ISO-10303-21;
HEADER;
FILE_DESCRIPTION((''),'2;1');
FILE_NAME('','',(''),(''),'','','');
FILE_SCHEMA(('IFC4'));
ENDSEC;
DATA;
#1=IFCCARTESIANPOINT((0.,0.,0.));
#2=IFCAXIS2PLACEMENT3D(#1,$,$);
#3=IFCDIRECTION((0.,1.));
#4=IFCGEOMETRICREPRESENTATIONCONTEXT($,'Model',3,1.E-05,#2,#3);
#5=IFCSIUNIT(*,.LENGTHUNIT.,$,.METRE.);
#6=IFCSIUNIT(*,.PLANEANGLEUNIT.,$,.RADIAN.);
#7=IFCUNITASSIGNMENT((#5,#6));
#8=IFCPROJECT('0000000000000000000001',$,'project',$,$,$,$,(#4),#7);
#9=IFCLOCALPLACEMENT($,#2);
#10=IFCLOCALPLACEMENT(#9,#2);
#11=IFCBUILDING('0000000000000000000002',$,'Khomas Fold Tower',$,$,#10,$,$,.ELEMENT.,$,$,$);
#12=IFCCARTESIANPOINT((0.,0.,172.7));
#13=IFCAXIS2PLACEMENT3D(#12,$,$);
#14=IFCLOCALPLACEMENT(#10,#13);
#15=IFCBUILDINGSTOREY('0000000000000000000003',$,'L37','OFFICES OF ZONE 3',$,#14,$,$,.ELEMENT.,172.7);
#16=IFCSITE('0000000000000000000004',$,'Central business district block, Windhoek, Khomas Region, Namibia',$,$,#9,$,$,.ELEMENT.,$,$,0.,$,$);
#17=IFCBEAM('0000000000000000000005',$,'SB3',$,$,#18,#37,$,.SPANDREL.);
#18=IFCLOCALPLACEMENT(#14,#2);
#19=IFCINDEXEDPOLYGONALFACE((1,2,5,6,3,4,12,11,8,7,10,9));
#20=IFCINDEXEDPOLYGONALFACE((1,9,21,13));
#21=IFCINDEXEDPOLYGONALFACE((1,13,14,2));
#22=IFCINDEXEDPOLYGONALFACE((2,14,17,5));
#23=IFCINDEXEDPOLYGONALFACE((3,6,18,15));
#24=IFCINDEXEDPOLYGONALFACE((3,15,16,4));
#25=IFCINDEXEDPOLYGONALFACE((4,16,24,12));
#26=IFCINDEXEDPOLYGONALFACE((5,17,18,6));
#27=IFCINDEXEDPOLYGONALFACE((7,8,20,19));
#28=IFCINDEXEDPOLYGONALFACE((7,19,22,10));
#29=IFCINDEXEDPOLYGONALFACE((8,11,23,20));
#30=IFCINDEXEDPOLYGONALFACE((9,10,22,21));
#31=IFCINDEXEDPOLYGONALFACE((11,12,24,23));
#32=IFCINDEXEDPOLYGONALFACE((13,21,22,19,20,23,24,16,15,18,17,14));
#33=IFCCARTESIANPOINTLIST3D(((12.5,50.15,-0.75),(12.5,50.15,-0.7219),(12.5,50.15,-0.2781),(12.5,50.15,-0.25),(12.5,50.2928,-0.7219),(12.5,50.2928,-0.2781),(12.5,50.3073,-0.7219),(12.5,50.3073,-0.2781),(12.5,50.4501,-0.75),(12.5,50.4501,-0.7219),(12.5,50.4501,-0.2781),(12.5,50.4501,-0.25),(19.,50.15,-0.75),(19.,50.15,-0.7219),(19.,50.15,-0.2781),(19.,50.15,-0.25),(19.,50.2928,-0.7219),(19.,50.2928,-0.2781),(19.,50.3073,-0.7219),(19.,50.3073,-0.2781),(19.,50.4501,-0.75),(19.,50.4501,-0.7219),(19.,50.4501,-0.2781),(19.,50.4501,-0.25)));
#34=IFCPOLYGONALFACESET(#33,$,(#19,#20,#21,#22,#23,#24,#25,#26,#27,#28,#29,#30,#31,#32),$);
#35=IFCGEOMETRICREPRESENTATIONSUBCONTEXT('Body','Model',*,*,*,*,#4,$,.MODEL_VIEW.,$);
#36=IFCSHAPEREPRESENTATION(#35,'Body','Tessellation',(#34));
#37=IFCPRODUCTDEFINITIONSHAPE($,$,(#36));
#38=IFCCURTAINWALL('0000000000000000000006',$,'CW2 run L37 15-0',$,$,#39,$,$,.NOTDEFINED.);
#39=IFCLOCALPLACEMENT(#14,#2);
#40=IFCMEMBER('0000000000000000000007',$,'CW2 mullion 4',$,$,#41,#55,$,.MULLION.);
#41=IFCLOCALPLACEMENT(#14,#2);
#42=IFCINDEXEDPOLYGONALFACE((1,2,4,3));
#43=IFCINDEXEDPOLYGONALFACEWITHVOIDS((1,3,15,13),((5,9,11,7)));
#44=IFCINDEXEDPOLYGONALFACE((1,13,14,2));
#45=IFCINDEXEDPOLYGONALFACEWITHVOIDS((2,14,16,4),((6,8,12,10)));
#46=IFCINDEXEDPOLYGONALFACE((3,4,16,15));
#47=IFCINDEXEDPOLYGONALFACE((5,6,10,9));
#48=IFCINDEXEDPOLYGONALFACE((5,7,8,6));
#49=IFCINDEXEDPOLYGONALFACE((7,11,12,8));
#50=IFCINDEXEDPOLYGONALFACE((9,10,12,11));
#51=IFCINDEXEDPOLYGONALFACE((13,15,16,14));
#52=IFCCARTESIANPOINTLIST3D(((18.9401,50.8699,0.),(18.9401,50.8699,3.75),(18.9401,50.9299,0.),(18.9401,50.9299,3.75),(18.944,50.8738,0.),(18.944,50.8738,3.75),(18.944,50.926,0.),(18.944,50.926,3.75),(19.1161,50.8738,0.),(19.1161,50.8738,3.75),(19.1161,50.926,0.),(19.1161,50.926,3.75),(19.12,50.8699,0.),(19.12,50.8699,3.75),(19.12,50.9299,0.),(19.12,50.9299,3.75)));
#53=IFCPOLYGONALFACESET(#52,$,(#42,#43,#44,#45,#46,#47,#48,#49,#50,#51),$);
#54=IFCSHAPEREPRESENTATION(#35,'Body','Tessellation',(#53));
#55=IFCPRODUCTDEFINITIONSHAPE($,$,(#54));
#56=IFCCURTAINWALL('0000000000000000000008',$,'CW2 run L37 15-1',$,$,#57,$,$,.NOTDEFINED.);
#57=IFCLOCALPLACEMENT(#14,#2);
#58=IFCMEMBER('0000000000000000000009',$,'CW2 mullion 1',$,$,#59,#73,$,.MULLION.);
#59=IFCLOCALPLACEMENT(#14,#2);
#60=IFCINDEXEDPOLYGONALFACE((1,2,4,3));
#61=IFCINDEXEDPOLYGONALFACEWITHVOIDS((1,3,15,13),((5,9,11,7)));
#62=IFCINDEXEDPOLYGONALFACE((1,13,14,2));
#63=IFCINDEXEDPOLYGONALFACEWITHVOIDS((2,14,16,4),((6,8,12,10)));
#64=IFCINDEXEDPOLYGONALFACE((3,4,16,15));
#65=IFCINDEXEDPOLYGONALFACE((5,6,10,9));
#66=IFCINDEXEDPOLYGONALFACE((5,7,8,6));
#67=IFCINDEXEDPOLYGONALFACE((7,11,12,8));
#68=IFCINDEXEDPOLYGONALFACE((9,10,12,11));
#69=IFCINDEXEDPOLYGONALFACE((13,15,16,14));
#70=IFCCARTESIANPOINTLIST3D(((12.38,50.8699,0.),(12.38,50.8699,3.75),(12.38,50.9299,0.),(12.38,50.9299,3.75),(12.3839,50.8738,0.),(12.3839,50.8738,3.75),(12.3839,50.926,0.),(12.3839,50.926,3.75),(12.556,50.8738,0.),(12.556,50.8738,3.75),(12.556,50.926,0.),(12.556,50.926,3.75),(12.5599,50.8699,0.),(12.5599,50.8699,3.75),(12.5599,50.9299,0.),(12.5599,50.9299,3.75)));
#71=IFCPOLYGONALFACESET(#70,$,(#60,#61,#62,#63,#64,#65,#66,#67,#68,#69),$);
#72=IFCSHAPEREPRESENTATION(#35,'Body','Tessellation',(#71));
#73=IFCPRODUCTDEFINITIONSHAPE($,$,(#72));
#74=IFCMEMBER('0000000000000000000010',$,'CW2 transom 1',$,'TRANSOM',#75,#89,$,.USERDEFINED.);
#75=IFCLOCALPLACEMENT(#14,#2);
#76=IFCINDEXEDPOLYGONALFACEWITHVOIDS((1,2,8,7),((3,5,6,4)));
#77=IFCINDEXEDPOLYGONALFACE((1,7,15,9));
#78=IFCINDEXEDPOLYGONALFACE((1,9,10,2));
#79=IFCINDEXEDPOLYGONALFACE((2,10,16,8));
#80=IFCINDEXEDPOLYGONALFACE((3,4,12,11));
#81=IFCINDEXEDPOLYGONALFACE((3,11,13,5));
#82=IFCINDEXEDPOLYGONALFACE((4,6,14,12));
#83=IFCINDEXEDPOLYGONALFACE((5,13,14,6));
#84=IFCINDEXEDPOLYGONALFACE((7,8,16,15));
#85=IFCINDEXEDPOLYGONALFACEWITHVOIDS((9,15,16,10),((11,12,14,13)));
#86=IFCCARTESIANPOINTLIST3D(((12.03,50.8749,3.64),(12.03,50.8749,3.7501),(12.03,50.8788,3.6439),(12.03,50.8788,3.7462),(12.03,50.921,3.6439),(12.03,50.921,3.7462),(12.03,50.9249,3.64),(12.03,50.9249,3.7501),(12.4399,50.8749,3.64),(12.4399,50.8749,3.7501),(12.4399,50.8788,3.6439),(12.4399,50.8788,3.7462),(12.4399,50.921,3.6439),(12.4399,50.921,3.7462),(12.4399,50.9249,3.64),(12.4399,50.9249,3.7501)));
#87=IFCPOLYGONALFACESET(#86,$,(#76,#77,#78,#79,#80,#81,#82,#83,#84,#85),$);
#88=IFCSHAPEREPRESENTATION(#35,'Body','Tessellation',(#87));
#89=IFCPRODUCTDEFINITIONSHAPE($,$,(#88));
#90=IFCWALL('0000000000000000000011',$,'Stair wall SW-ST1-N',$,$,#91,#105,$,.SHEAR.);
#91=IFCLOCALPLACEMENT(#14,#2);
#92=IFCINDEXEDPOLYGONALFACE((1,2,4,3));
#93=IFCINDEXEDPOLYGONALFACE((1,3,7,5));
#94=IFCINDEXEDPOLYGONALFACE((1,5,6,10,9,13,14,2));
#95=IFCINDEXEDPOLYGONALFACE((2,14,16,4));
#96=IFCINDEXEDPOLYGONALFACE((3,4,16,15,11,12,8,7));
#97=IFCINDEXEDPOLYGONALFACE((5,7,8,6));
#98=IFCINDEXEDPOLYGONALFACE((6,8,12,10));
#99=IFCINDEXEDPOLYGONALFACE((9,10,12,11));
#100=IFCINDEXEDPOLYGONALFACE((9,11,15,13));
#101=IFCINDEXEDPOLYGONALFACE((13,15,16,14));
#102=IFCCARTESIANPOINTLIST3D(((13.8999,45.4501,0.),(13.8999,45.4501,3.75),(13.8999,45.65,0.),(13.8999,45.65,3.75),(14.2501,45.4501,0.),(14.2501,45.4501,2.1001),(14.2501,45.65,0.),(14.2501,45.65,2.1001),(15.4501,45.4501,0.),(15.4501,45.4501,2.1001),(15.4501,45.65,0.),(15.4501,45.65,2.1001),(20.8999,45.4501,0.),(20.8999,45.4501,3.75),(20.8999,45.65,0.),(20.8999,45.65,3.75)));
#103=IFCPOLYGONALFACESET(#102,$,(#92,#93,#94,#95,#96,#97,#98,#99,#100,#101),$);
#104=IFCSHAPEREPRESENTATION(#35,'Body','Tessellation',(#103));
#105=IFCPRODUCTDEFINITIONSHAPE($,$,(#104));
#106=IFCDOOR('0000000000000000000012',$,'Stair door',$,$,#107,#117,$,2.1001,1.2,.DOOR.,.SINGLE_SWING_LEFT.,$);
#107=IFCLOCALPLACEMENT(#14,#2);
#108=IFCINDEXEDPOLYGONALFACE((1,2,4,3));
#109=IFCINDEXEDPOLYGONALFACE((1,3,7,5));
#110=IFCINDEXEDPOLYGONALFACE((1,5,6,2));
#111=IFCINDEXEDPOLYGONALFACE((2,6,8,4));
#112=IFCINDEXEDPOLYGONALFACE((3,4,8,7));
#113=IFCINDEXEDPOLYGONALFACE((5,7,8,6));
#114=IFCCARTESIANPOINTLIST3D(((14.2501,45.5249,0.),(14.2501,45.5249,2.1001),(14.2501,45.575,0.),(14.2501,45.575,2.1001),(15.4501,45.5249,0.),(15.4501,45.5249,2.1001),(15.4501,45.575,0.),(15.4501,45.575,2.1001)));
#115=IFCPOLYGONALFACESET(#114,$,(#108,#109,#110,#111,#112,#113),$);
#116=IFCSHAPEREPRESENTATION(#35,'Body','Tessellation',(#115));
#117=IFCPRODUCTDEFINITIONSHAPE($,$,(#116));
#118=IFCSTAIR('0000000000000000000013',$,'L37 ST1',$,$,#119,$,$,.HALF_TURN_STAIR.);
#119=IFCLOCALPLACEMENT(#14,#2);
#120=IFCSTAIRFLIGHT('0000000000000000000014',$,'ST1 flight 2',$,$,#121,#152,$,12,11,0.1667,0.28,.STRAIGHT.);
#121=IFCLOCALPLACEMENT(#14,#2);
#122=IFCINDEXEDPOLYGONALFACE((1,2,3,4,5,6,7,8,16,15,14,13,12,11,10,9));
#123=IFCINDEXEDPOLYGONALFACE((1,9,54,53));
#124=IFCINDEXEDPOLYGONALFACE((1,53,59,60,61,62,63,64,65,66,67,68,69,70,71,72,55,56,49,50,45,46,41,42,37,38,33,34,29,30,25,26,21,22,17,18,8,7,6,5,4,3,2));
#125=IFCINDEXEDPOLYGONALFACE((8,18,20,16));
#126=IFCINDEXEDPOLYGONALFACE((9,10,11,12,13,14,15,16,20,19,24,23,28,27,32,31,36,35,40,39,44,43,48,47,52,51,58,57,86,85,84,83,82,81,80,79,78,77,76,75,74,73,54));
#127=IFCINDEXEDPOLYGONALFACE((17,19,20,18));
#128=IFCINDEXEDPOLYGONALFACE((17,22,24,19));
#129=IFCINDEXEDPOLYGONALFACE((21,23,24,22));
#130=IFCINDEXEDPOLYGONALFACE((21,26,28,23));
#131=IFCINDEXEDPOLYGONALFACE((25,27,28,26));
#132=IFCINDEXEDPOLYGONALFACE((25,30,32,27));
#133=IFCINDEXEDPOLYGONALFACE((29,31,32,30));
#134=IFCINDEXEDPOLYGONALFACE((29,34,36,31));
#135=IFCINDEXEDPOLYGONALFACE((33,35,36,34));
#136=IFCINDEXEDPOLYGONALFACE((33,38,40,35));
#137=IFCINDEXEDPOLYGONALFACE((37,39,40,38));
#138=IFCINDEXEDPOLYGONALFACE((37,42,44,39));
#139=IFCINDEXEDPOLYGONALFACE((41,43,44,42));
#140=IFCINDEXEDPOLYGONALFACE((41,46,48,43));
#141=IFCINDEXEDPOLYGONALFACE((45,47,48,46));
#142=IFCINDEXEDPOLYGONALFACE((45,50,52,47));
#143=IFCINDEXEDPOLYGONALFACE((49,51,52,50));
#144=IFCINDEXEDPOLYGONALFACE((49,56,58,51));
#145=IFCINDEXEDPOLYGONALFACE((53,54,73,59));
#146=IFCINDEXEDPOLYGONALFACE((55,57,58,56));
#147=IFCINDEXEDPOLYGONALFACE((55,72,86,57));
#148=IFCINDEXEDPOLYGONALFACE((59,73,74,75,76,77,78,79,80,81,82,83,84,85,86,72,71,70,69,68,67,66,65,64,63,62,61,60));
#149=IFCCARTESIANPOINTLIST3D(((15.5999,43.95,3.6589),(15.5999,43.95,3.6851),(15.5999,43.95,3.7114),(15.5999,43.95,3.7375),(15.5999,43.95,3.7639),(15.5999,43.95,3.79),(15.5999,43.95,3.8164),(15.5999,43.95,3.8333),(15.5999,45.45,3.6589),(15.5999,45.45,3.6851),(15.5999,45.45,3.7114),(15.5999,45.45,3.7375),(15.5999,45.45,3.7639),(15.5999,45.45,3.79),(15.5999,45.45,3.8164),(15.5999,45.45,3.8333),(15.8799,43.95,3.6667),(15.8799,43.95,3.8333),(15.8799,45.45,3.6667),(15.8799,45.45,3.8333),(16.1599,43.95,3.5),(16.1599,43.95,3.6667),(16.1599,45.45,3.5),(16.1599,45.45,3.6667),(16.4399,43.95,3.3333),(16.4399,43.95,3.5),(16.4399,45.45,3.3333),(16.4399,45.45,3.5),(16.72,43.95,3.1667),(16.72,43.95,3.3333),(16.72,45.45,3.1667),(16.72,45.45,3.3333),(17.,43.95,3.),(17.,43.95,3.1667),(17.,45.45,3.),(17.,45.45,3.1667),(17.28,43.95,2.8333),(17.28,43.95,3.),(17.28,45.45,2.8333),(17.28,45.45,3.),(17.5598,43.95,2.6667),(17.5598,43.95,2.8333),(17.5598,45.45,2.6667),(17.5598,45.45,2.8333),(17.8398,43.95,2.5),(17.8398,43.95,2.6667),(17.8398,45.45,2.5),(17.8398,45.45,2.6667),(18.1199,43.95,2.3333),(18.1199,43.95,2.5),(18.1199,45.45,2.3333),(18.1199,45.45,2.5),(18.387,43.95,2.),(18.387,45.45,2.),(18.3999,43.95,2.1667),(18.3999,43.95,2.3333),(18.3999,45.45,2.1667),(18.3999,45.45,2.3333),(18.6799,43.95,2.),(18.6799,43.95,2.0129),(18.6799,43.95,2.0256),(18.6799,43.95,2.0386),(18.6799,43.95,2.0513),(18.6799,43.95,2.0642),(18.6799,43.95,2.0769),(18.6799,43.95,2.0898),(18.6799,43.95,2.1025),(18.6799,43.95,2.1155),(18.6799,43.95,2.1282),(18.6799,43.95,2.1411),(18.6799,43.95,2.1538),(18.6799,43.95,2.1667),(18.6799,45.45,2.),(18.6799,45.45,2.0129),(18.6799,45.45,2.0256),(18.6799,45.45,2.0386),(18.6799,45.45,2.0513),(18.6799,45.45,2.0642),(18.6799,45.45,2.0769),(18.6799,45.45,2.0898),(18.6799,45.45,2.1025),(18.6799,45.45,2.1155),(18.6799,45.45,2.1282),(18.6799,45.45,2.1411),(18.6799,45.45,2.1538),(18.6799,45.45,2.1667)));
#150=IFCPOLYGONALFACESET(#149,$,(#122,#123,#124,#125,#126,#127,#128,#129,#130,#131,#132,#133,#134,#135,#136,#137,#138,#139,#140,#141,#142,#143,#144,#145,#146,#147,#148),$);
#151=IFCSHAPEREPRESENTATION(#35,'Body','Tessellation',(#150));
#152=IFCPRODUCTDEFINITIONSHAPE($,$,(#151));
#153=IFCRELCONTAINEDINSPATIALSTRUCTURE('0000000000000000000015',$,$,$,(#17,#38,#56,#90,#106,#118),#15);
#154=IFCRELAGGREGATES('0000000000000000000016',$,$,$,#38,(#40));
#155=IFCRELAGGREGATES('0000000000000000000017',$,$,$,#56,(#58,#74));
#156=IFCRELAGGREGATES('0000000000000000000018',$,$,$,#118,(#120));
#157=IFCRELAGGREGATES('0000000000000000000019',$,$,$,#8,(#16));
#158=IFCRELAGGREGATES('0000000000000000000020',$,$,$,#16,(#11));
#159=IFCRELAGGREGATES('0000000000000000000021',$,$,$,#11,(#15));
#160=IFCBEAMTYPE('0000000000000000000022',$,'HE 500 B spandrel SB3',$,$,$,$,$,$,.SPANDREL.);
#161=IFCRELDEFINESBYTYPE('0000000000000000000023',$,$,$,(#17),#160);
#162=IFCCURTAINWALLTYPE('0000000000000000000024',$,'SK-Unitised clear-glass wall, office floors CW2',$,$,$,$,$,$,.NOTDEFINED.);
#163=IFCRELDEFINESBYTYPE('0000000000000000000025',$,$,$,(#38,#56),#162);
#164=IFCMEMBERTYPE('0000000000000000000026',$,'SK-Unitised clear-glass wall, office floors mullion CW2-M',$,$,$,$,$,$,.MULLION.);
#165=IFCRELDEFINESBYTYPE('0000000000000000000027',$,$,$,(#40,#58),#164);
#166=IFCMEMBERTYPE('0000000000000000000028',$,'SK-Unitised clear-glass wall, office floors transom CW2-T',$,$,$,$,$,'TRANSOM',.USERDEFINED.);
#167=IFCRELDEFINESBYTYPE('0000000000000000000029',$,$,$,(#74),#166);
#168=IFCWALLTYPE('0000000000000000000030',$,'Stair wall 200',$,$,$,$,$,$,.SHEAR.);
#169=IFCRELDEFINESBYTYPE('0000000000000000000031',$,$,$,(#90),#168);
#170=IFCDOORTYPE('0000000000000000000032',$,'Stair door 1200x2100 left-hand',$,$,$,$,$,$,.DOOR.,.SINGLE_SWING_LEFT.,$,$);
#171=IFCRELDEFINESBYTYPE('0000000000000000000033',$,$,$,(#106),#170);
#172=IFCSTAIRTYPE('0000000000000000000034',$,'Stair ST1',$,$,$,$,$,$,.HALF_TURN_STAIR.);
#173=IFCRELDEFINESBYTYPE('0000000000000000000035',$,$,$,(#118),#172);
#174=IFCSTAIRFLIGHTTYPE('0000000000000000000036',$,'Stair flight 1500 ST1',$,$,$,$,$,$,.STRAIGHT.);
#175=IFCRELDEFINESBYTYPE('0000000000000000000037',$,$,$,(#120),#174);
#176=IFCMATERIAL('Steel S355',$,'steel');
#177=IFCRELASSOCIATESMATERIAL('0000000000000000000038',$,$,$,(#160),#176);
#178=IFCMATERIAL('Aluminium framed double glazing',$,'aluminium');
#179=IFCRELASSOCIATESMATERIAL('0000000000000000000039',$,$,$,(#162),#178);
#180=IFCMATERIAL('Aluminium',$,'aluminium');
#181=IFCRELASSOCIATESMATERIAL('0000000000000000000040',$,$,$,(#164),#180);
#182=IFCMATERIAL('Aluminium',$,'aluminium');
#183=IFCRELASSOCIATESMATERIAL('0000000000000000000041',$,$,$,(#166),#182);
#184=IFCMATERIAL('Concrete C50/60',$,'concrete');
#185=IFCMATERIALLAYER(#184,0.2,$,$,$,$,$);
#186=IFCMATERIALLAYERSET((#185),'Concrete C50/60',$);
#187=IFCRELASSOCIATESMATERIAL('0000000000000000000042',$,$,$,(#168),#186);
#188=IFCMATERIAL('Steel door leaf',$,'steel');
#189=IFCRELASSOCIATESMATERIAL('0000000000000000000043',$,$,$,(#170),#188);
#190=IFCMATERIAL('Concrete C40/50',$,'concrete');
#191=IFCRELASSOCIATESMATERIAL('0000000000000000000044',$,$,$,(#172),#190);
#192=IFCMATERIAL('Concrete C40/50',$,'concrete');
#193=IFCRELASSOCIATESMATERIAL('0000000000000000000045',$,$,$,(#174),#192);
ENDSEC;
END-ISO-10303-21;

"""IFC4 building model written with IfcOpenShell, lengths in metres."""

from ifc_helpers import new_model, si_unit, direction, frame, frame_2d, origin, origin_2d, place, context, subcontext, project, spatial, polyline, rectangle, hollow_rectangle, i_section, outline, extrude, source, transform, mapped, material, layer, layer_set, material_profile, profile_set, type_object, element, fill, aggregate, save


model = new_model("IFC4")

# Units and contexts
model_context = context("Model", 3, precision=1e-05, world=origin(), true_north=direction((0.0, 1.0)))
body_context = subcontext(model_context, "Body", "Model", "MODEL_VIEW")
ifc_project = project(units=[si_unit("LENGTHUNIT", "METRE"), si_unit("PLANEANGLEUNIT", "RADIAN")], contexts=[model_context])

# Site, building, storey
site_placement = place(None, origin())
site = spatial("IfcSite", under=ifc_project, at=site_placement, Name="Central business district block, Windhoek, Khomas Region, Namibia", CompositionType="ELEMENT", RefElevation=0.0)
building_placement = place(site_placement, origin())
building = spatial("IfcBuilding", under=site, at=building_placement, Name="Khomas Fold Tower", CompositionType="ELEMENT")
storey_placement = place(building_placement, frame((0.0, 0.0, 172.7)))
storey = spatial("IfcBuildingStorey", under=building, at=storey_placement, Name="L37", Description="OFFICES OF ZONE 3", CompositionType="ELEMENT", Elevation=172.7)

# Beam
ifc_material_1 = material(Name="Steel S355", Category="steel")
ifc_material_profile_1 = material_profile(ifc_material_1, i_section(OverallWidth=0.3, OverallDepth=0.5, WebThickness=0.0144, FlangeThickness=0.0281, at=origin_2d()), Name="HE 500 B")
ifc_profile_set_1 = profile_set([ifc_material_profile_1], Name="Steel S355")
beam_type = type_object("IfcBeamType", Name="HE 500 B spandrel SB3", PredefinedType="SPANDREL", material=ifc_profile_set_1)
shared_shape_1 = source(origin(), body_context, "Body", "SweptSolid", [
    extrude(i_section(OverallWidth=0.3, OverallDepth=0.5, WebThickness=0.0144, FlangeThickness=0.0281, at=origin_2d()), origin(), (0.0, 0.0, 1.0), 6.5),
])
beam_placement = place(storey_placement, frame((12.5, 50.3, -0.5), z_axis=(1.0, 0.0, 0.0), x_axis=(0.0, 1.0, 0.0)))
element("IfcBeam", 1, at=beam_placement, inside=storey, type_object=beam_type, Name="SB3", PredefinedType="SPANDREL", context=body_context, shape_type="MappedRepresentation", body=[
    mapped(shared_shape_1, transform((0.0, 0.0, 0.0))),
])

# Curtain wall, member
ifc_material_2 = material(Name="Aluminium framed double glazing", Category="aluminium")
curtain_wall_type = type_object("IfcCurtainWallType", Name="SK-Unitised clear-glass wall, office floors CW2", PredefinedType="NOTDEFINED", material=ifc_material_2)
curtain_wall_1_placement = place(storey_placement, origin())
curtain_wall_1 = element("IfcCurtainWall", 2, at=curtain_wall_1_placement, inside=storey, type_object=curtain_wall_type, Name="CW2 run L37 15-0", PredefinedType="NOTDEFINED")
ifc_material_3 = material(Name="Aluminium", Category="aluminium")
ifc_material_profile_2 = material_profile(ifc_material_3, hollow_rectangle(XDim=0.0601, YDim=0.1799, WallThickness=0.0039, at=origin_2d()), Name="SK-Unitised clear-glass wall, office floors mullion CW2-M")
ifc_profile_set_2 = profile_set([ifc_material_profile_2], Name="Aluminium")
member_type_1 = type_object("IfcMemberType", Name="SK-Unitised clear-glass wall, office floors mullion CW2-M", PredefinedType="MULLION", material=ifc_profile_set_2)
shared_shape_2 = source(origin(), body_context, "Body", "SweptSolid", [
    extrude(hollow_rectangle(XDim=0.0601, YDim=0.1799, WallThickness=0.0039, at=origin_2d()), origin(), (0.0, 0.0, 1.0), 3.75),
])
member_1_placement = place(storey_placement, frame((19.03, 50.8999, 0.0), z_axis=(0.0, 0.0, 1.0), x_axis=(0.0, -1.0, 0.0)))
member_1 = element("IfcMember", 3, at=member_1_placement, type_object=member_type_1, Name="CW2 mullion 4", PredefinedType="MULLION", context=body_context, shape_type="MappedRepresentation", body=[
    mapped(shared_shape_2, transform((0.0, 0.0, 0.0))),
])
aggregate(curtain_wall_1, [member_1])

# Curtain wall, members
curtain_wall_2_placement = place(storey_placement, origin())
curtain_wall_2 = element("IfcCurtainWall", 4, at=curtain_wall_2_placement, inside=storey, type_object=curtain_wall_type, Name="CW2 run L37 15-1", PredefinedType="NOTDEFINED")
member_2_placement = place(storey_placement, frame((12.47, 50.8999, 0.0), z_axis=(0.0, 0.0, 1.0), x_axis=(0.0, -1.0, 0.0)))
member_2 = element("IfcMember", 5, at=member_2_placement, type_object=member_type_1, Name="CW2 mullion 1", PredefinedType="MULLION", context=body_context, shape_type="MappedRepresentation", body=[
    mapped(shared_shape_2, transform((0.0, 0.0, 0.0))),
])
ifc_material_4 = material(Name="Aluminium", Category="aluminium")
ifc_material_profile_3 = material_profile(ifc_material_4, hollow_rectangle(XDim=0.05, YDim=0.1101, WallThickness=0.0039, at=origin_2d()), Name="SK-Unitised clear-glass wall, office floors transom CW2-T")
ifc_profile_set_3 = profile_set([ifc_material_profile_3], Name="Aluminium")
member_type_2 = type_object("IfcMemberType", Name="SK-Unitised clear-glass wall, office floors transom CW2-T", ElementType="TRANSOM", PredefinedType="USERDEFINED", material=ifc_profile_set_3)
shared_shape_3 = source(origin(), body_context, "Body", "SweptSolid", [
    extrude(hollow_rectangle(XDim=0.05, YDim=0.1101, WallThickness=0.0039, at=origin_2d()), origin(), (0.0, 0.0, 1.0), 0.4099),
])
member_3_placement = place(storey_placement, frame((12.4399, 50.8999, 3.6951), z_axis=(-1.0, 0.0, 0.0), x_axis=(0.0, -1.0, 0.0)))
member_3 = element("IfcMember", 6, at=member_3_placement, type_object=member_type_2, Name="CW2 transom 1", ObjectType="TRANSOM", PredefinedType="USERDEFINED", context=body_context, shape_type="MappedRepresentation", body=[
    mapped(shared_shape_3, transform((0.0, 0.0, 0.0))),
])
aggregate(curtain_wall_2, [member_2, member_3])

# Wall, opening, door
ifc_material_5 = material(Name="Concrete C50/60", Category="concrete")
ifc_layer_1 = layer(ifc_material_5, 0.2)
ifc_layer_set_1 = layer_set([ifc_layer_1], Name="Concrete C50/60")
wall_type_1 = type_object("IfcWallType", Name="Stair wall 200", PredefinedType="SHEAR", material=ifc_layer_set_1)
shared_shape_4 = source(origin(), body_context, "Body", "SweptSolid", [
    extrude(rectangle(XDim=7.0, YDim=0.2, at=frame_2d((3.5, 0.0))), origin(), (0.0, 0.0, 1.0), 3.75),
])
wall_1_placement = place(storey_placement, frame((13.8999, 45.55, 0.0), z_axis=(0.0, 0.0, 1.0), x_axis=(1.0, 0.0, 0.0)))
wall_1 = element("IfcWall", 7, at=wall_1_placement, inside=storey, type_object=wall_type_1, Name="Stair wall SW-ST1-N", PredefinedType="SHEAR", context=body_context, shape_type="MappedRepresentation", body=[
    mapped(shared_shape_4, transform((0.0, 0.0, 0.0))),
])
shared_shape_5 = source(origin(), body_context, "Body", "SweptSolid", [
    extrude(rectangle(XDim=1.2, YDim=2.1001, at=frame_2d((0.6001, 1.05))), frame((0.0, 0.1099, 0.0), z_axis=(0.0, -1.0, 0.0), x_axis=(1.0, 0.0, 0.0)), (0.0, 0.0, 1.0), 0.22),
])
opening_1_placement = place(wall_1_placement, frame((0.3501, 0.0, 0.0)))
opening_1 = element("IfcOpeningElement", 8, at=opening_1_placement, cuts=wall_1, PredefinedType="OPENING", context=body_context, shape_type="MappedRepresentation", body=[
    mapped(shared_shape_5, transform((0.0, 0.0, 0.0))),
])
ifc_material_6 = material(Name="Steel door leaf", Category="steel")
door_type_1 = type_object("IfcDoorType", Name="Stair door 1200x2100 left-hand", OperationType="SINGLE_SWING_LEFT", PredefinedType="DOOR", material=ifc_material_6)
shared_shape_6 = source(origin(), body_context, "Body", "SweptSolid", [
    extrude(rectangle(XDim=1.2, YDim=2.1001, at=frame_2d((0.6001, 1.05))), frame((0.0, 0.0249, 0.0), z_axis=(0.0, -1.0, 0.0), x_axis=(1.0, 0.0, 0.0)), (0.0, 0.0, 1.0), 0.05),
])
door_1_placement = place(opening_1_placement, origin())
door_1 = element("IfcDoor", 9, at=door_1_placement, inside=storey, type_object=door_type_1, Name="Stair door", OperationType="SINGLE_SWING_LEFT", OverallHeight=2.1001, OverallWidth=1.2, PredefinedType="DOOR", context=body_context, shape_type="MappedRepresentation", body=[
    mapped(shared_shape_6, transform((0.0, 0.0, 0.0))),
])
fill(opening_1, door_1)

# Stair, stair flight
ifc_material_7 = material(Name="Concrete C40/50", Category="concrete")
stair_type = type_object("IfcStairType", Name="Stair ST1", PredefinedType="HALF_TURN_STAIR", material=ifc_material_7)
stair_placement = place(storey_placement, origin())
stair = element("IfcStair", 10, at=stair_placement, inside=storey, type_object=stair_type, Name="L37 ST1", PredefinedType="HALF_TURN_STAIR")
ifc_material_8 = material(Name="Concrete C40/50", Category="concrete")
stair_flight_type = type_object("IfcStairFlightType", Name="Stair flight 1500 ST1", PredefinedType="STRAIGHT", material=ifc_material_8)
shared_shape_7 = source(origin(), body_context, "Body", "SweptSolid", [
    extrude(outline(polyline([(0.0, 0.0), (0.0, 0.0129), (0.0, 0.0256), (0.0, 0.0386), (0.0, 0.0513), (0.0, 0.0642), (0.0, 0.0769), (0.0, 0.0898), (0.0, 0.1025), (0.0, 0.1155), (0.0, 0.1282), (0.0, 0.1411), (0.0, 0.1538), (0.0, 0.1667), (0.28, 0.1667), (0.28, 0.3333), (0.5601, 0.3333), (0.5601, 0.5), (0.8401, 0.5), (0.8401, 0.6667), (1.1201, 0.6667), (1.1201, 0.8333), (1.3999, 0.8333), (1.3999, 1.0), (1.6799, 1.0), (1.6799, 1.1667), (1.96, 1.1667), (1.96, 1.3333), (2.24, 1.3333), (2.24, 1.5), (2.52, 1.5), (2.52, 1.6667), (2.8, 1.6667), (2.8, 1.8333), (3.0801, 1.8333), (3.0801, 2.0), (3.0801, 1.9739), (3.0801, 1.9475), (3.0801, 1.9214), (3.0801, 1.895), (3.0801, 1.8689), (3.0801, 1.8425), (3.0801, 1.8164), (3.0801, 1.79), (3.0801, 1.7639), (3.0801, 1.7375), (3.0801, 1.7114), (3.0801, 1.6851), (3.0801, 1.6589), (0.293, 0.0), (0.0, 0.0)])), frame((0.0, 0.75, 0.0), z_axis=(0.0, -1.0, 0.0), x_axis=(1.0, 0.0, 0.0)), (0.0, 0.0, 1.0), 1.5),
])
stair_flight_placement = place(storey_placement, frame((18.6799, 44.7, 2.0), z_axis=(0.0, 0.0, 1.0), x_axis=(-1.0, 0.0, 0.0)))
stair_flight = element("IfcStairFlight", 11, at=stair_flight_placement, type_object=stair_flight_type, Name="ST1 flight 2", NumberOfRisers=12, NumberOfTreads=11, PredefinedType="STRAIGHT", RiserHeight=0.1667, TreadLength=0.28, context=body_context, shape_type="MappedRepresentation", body=[
    mapped(shared_shape_7, transform((0.0, 0.0, 0.0))),
])
aggregate(stair, [stair_flight])

save(model, "model.ifc")
